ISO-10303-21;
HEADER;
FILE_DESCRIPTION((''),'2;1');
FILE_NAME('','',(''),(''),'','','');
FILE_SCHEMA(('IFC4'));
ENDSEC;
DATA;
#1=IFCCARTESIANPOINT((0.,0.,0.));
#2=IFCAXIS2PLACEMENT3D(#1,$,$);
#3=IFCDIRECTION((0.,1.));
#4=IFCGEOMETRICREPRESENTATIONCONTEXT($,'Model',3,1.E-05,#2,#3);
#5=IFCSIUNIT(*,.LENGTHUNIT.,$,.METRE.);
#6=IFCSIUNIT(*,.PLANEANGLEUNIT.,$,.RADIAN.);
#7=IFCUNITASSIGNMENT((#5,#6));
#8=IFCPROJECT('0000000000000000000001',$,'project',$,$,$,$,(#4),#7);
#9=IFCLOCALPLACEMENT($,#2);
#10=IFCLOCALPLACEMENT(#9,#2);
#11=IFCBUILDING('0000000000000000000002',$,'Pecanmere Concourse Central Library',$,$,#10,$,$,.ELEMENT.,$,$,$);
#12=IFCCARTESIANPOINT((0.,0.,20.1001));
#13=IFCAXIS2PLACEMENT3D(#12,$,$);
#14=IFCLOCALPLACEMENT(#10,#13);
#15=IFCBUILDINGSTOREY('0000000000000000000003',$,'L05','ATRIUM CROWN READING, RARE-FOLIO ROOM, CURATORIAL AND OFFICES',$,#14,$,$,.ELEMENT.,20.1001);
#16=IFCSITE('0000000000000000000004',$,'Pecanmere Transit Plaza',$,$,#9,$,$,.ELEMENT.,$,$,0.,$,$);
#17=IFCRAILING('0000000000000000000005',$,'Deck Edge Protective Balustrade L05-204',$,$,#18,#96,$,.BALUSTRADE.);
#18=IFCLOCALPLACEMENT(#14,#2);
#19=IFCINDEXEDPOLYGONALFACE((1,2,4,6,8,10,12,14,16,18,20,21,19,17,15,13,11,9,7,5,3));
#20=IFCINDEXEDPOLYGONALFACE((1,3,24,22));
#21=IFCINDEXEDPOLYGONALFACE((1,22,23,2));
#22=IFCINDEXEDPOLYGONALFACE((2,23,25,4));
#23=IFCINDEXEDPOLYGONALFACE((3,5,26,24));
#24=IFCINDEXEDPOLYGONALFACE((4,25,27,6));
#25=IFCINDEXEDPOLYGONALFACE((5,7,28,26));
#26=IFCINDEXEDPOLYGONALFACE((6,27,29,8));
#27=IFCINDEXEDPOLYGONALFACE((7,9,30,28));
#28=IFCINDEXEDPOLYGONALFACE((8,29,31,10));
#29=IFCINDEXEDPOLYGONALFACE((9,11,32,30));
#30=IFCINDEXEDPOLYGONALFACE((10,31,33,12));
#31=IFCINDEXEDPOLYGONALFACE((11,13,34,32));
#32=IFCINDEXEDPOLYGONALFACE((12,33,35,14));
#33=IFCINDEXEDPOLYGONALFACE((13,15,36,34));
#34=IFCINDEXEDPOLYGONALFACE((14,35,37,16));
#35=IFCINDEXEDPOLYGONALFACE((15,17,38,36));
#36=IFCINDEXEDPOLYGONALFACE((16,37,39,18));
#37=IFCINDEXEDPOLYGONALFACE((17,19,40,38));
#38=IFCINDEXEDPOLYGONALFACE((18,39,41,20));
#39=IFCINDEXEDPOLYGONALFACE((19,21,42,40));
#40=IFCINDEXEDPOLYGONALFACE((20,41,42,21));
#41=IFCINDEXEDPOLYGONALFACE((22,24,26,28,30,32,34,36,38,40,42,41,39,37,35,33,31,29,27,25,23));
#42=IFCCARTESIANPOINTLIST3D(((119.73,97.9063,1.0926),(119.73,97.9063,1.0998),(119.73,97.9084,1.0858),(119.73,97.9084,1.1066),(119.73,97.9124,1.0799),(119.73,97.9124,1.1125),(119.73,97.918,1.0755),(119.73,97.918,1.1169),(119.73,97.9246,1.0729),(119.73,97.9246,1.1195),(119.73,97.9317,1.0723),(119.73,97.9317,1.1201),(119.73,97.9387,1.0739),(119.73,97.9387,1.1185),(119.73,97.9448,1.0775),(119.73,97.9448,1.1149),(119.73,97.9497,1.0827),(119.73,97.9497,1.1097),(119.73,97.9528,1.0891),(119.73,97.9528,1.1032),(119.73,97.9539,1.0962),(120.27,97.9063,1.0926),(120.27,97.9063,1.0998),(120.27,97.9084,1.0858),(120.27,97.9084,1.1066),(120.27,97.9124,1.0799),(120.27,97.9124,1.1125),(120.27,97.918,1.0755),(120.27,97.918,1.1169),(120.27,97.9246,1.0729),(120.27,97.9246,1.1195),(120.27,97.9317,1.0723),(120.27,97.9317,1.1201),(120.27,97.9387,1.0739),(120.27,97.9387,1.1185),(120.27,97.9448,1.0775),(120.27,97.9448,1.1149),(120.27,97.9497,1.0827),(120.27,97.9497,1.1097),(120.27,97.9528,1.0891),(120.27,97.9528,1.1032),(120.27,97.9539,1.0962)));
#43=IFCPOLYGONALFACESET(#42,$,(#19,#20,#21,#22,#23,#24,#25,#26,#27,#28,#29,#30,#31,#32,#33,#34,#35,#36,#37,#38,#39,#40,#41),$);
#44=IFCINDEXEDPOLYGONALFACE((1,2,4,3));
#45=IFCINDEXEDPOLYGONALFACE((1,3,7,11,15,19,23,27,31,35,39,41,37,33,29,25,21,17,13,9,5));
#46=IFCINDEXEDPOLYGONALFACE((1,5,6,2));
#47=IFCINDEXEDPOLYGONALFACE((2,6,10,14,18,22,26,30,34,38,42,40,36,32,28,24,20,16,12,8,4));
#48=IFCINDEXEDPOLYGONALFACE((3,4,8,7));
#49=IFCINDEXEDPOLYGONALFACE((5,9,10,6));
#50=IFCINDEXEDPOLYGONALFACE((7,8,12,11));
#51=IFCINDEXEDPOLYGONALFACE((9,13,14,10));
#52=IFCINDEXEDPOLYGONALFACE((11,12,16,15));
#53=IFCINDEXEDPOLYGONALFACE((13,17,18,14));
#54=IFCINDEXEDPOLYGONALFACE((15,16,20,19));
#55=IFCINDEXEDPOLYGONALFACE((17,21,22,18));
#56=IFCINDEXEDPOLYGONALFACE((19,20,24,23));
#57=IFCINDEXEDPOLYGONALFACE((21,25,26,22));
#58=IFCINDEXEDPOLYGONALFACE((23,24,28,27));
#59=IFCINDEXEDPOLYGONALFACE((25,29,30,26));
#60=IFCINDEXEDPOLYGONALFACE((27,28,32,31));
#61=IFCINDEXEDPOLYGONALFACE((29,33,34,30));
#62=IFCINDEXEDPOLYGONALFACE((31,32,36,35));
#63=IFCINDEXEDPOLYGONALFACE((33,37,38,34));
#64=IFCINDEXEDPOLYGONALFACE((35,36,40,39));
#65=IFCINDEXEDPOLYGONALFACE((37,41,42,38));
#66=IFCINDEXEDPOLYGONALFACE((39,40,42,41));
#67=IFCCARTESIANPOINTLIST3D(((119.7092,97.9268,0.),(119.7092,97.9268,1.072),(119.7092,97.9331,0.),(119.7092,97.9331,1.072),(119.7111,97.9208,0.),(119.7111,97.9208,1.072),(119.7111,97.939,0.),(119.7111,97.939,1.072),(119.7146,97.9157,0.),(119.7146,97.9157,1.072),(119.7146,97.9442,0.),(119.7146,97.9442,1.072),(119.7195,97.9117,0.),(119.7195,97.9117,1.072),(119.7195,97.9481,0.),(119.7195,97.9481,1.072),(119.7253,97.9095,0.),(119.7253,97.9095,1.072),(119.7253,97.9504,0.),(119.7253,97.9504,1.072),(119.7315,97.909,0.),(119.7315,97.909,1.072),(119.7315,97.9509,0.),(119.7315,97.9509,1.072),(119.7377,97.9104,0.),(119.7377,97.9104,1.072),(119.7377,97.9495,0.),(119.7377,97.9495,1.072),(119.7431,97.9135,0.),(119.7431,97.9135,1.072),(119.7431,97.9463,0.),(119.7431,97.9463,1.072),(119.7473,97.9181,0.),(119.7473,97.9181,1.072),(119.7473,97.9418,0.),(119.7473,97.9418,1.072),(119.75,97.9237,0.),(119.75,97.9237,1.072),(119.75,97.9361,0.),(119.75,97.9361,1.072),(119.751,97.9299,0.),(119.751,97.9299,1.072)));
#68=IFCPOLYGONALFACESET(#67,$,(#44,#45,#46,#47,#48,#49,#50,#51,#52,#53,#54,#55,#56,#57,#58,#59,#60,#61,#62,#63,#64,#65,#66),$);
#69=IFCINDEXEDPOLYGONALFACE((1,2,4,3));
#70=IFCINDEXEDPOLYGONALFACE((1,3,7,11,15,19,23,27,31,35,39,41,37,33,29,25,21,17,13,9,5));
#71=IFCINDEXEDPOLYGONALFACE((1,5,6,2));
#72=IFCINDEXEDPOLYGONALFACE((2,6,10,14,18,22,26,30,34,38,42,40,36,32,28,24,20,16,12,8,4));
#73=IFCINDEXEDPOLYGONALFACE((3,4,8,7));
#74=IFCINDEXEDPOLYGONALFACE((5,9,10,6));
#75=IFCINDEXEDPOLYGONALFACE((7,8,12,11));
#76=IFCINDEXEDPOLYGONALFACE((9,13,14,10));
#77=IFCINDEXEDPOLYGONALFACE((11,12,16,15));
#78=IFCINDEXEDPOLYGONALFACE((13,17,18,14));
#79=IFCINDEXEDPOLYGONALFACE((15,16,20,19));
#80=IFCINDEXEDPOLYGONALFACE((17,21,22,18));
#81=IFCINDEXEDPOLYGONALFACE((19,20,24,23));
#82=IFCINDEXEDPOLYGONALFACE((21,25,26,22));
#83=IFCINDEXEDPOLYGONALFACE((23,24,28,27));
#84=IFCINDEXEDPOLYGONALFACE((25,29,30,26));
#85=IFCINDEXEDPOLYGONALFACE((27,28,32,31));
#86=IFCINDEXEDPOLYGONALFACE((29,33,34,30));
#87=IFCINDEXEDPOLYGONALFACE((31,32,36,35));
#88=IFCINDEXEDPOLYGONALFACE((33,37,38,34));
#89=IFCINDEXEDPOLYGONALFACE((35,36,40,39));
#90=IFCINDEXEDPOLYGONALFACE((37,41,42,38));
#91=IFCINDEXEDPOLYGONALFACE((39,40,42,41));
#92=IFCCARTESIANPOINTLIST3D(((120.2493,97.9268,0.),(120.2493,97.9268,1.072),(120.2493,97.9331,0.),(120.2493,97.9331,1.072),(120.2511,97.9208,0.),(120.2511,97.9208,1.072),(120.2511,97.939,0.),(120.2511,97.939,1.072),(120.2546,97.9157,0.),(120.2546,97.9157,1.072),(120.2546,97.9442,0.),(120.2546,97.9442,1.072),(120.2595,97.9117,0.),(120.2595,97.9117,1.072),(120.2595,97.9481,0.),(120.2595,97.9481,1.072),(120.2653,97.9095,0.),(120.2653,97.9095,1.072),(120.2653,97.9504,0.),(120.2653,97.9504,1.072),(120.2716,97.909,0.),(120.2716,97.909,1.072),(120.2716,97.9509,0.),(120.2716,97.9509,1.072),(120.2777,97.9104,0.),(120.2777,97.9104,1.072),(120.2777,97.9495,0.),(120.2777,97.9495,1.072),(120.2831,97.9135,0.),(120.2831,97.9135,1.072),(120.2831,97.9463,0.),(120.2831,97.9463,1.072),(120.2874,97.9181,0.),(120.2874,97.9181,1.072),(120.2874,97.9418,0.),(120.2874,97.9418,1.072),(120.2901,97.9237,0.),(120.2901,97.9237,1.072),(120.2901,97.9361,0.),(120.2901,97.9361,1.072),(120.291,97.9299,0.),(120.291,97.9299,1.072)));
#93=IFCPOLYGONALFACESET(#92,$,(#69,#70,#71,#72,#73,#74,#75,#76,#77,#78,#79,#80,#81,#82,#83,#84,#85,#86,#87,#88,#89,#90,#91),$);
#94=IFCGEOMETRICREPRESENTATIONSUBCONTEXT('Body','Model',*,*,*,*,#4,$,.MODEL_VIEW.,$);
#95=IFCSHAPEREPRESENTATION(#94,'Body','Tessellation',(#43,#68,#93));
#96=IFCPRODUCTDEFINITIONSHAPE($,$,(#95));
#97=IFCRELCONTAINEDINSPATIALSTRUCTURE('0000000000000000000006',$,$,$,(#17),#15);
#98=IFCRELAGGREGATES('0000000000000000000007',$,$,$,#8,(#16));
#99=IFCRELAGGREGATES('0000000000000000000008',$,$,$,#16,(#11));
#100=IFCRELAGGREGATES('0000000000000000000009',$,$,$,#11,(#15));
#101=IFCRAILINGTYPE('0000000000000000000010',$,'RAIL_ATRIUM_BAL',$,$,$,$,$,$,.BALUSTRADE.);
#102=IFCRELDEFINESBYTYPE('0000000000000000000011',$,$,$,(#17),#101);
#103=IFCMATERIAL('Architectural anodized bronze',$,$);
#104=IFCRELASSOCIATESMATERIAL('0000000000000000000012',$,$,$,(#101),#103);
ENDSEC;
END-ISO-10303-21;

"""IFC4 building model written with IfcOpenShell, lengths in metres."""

from ifc_helpers import new_model, si_unit, direction, frame, origin, origin_2d, place, context, subcontext, project, spatial, circle, extrude, material, type_object, element, save


model = new_model("IFC4")

# Units and contexts
model_context = context("Model", 3, precision=1e-05, world=origin(), true_north=direction((0.0, 1.0)))
body_context = subcontext(model_context, "Body", "Model", "MODEL_VIEW")
ifc_project = project(units=[si_unit("LENGTHUNIT", "METRE"), si_unit("PLANEANGLEUNIT", "RADIAN")], contexts=[model_context])

# Site, building, storey
site_placement = place(None, origin())
site = spatial("IfcSite", under=ifc_project, at=site_placement, Name="Pecanmere Transit Plaza", CompositionType="ELEMENT", RefElevation=0.0)
building_placement = place(site_placement, origin())
building = spatial("IfcBuilding", under=site, at=building_placement, Name="Pecanmere Concourse Central Library", CompositionType="ELEMENT")
storey_placement = place(building_placement, frame((0.0, 0.0, 20.1001)))
storey = spatial("IfcBuildingStorey", under=building, at=storey_placement, Name="L05", Description="ATRIUM CROWN READING, RARE-FOLIO ROOM, CURATORIAL AND OFFICES", CompositionType="ELEMENT", Elevation=20.1001)

# Railing
ifc_material_1 = material(Name="Architectural anodized bronze")
railing_type = type_object("IfcRailingType", Name="RAIL_ATRIUM_BAL", PredefinedType="BALUSTRADE", material=ifc_material_1)
railing_1_placement = place(storey_placement, frame((119.73, 97.9299, 0.0)))
element("IfcRailing", 1, at=railing_1_placement, inside=storey, type_object=railing_type, Name="Deck Edge Protective Balustrade L05-204", PredefinedType="BALUSTRADE", context=body_context, shape_type="SweptSolid", body=[
    extrude(circle(Radius=0.0239, at=origin_2d()), frame((0.0, 0.0, 1.0962), z_axis=(1.0, 0.0, 0.0), x_axis=(0.0, 1.0, 0.0)), (0.0, 0.0, 1.0), 0.54),
    extrude(circle(Radius=0.021, at=origin_2d()), origin(), (0.0, 0.0, 1.0), 1.072),
    extrude(circle(Radius=0.021, at=origin_2d()), frame((0.54, 0.0, 0.0)), (0.0, 0.0, 1.0), 1.072),
])

save(model, "model.ifc")
